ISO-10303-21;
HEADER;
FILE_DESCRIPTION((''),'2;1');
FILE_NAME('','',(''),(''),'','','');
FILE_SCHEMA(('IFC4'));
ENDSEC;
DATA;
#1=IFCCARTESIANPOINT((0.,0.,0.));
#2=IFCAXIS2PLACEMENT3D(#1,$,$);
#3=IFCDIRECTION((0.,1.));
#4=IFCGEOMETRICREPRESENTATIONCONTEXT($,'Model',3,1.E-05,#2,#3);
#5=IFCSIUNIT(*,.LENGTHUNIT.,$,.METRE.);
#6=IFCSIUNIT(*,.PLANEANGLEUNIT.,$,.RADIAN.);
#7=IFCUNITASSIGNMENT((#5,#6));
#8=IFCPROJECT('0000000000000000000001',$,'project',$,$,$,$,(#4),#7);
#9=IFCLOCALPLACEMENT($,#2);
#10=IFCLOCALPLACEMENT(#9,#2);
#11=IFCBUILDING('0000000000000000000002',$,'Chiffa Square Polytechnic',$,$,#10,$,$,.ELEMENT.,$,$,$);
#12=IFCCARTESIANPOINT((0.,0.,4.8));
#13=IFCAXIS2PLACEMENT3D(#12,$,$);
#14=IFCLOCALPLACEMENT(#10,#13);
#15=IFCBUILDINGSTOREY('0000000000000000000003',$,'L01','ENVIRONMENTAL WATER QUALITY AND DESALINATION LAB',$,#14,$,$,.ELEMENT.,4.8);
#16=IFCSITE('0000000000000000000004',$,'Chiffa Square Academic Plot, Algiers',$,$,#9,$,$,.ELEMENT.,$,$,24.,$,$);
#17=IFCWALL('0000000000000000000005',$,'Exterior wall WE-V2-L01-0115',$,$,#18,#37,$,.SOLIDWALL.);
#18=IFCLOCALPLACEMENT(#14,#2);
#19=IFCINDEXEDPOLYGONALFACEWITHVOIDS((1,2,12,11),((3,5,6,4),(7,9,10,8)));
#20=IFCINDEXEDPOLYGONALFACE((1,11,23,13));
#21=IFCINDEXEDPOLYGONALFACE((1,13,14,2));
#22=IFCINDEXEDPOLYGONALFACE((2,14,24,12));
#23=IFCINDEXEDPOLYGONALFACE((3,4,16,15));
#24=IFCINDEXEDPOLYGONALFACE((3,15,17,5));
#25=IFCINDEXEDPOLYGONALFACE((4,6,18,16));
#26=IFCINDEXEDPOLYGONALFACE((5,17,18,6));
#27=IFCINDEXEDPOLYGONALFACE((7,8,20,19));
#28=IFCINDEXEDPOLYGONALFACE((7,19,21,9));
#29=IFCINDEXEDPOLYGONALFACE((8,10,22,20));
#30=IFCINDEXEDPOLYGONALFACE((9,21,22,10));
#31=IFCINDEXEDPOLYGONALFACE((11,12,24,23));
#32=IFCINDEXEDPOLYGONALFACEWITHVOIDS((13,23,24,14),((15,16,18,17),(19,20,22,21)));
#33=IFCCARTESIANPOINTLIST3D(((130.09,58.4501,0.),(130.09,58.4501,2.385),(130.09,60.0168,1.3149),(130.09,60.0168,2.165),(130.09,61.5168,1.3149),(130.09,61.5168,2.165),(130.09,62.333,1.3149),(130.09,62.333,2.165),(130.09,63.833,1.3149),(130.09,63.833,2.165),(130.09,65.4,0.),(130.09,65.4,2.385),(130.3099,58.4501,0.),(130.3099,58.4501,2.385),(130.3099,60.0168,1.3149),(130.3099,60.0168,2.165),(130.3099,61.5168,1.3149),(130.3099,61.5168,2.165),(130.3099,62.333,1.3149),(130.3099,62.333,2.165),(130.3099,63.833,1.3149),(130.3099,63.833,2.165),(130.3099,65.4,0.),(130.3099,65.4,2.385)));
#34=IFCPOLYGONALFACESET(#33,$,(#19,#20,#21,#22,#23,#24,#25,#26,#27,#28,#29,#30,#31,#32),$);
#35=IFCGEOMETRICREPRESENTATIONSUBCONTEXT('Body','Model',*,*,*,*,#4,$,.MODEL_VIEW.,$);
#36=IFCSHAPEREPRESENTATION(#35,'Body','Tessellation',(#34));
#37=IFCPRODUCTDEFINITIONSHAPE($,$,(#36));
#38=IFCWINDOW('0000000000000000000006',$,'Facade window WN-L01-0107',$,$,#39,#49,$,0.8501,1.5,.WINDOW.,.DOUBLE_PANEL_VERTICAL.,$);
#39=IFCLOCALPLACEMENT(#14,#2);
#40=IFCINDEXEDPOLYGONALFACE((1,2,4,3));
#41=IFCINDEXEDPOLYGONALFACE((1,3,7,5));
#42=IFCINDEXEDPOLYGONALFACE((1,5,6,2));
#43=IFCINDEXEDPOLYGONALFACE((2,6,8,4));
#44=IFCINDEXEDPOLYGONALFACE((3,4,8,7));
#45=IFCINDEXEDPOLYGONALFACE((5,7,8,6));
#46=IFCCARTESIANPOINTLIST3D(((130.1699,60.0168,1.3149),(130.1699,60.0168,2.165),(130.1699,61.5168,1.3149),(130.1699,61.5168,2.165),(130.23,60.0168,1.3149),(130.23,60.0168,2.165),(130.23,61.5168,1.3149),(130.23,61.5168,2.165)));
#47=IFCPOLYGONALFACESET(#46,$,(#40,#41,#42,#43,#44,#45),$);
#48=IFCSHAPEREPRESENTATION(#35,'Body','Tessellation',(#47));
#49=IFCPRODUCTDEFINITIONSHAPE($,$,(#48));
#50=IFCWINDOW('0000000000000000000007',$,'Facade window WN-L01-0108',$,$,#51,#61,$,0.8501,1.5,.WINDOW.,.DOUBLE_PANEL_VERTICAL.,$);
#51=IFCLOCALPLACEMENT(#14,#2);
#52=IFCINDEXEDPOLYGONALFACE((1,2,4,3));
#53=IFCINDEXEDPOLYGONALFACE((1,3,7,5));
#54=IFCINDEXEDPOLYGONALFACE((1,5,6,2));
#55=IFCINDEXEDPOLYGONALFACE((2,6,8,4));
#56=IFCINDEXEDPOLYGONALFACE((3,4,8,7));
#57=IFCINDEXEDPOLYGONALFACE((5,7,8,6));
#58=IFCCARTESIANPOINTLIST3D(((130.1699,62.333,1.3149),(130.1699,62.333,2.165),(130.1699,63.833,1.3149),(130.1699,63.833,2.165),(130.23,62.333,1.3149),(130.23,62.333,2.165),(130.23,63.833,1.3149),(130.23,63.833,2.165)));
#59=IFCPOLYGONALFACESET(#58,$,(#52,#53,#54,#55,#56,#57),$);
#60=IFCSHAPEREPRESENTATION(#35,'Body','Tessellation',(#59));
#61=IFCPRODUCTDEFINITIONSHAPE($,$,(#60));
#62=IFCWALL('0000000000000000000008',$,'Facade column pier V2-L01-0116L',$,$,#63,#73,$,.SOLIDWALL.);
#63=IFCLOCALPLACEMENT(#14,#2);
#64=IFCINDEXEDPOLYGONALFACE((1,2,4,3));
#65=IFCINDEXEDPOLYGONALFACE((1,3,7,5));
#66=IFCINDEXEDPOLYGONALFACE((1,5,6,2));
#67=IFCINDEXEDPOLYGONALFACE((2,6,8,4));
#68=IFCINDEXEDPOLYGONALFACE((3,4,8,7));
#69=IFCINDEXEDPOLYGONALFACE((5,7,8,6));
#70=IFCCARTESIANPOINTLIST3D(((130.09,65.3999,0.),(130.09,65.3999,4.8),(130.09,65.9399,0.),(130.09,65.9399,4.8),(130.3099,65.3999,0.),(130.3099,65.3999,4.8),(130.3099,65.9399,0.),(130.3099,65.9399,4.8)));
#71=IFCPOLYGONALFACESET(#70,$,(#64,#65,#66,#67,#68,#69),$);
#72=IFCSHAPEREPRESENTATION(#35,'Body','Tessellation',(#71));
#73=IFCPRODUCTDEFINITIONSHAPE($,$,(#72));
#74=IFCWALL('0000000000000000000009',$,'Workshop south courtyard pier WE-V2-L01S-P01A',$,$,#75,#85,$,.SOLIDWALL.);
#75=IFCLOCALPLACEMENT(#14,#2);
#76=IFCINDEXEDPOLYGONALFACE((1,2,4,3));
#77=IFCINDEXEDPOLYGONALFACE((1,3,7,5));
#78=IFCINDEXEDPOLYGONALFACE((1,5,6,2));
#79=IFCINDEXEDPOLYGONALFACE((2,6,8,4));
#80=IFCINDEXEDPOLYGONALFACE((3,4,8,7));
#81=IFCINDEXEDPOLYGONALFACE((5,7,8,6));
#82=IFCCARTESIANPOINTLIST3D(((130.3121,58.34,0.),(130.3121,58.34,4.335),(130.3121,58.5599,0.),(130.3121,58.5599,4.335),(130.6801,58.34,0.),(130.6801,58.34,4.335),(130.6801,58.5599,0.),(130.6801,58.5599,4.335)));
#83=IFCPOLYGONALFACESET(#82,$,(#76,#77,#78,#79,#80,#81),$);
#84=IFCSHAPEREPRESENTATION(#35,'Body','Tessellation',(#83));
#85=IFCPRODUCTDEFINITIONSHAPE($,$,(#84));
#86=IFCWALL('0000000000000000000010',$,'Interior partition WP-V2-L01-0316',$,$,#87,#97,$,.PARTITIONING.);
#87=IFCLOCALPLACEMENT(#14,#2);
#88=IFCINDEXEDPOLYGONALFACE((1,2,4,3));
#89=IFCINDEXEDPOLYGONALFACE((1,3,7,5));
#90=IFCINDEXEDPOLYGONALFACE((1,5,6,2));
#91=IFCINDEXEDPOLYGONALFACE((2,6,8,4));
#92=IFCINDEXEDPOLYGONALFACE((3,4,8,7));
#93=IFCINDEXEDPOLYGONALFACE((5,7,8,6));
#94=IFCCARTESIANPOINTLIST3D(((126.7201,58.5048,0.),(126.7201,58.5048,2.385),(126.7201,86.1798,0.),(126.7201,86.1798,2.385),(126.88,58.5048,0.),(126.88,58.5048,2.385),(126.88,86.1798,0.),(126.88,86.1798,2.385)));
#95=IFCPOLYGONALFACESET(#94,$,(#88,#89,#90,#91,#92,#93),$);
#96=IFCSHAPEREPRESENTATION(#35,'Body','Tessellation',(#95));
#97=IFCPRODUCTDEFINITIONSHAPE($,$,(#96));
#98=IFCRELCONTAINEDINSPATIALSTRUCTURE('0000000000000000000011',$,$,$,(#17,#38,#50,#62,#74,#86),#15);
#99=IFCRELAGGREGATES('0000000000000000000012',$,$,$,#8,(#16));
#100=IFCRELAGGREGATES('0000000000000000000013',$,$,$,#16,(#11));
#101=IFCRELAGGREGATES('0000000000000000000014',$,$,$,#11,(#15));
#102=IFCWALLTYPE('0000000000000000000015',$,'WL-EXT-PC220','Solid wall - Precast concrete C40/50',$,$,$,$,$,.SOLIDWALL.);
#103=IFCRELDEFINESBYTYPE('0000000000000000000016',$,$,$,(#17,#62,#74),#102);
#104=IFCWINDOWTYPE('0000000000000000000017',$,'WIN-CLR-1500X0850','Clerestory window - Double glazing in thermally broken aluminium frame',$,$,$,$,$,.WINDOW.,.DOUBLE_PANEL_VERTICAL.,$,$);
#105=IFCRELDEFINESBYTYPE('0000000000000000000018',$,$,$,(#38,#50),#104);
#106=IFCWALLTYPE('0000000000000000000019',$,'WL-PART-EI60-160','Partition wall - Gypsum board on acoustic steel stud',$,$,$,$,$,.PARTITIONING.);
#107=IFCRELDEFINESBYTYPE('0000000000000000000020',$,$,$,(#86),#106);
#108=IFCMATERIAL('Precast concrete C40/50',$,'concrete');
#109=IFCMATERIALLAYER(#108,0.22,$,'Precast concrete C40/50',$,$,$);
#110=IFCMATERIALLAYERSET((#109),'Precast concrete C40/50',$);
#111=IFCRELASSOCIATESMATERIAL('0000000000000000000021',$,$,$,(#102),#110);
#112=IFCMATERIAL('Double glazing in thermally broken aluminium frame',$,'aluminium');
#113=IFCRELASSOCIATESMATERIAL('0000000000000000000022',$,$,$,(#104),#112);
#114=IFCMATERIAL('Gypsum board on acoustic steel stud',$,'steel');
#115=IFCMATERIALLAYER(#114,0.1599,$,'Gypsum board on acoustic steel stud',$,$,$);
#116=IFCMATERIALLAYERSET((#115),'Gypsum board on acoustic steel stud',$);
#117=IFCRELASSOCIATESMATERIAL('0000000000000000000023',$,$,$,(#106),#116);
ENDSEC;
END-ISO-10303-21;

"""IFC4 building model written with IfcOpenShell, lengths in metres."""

from ifc_helpers import new_model, si_unit, direction, frame, frame_2d, origin, place, context, subcontext, project, spatial, rectangle, extrude, material, layer, layer_set, type_object, element, fill, save


model = new_model("IFC4")

# Units and contexts
model_context = context("Model", 3, precision=1e-05, world=origin(), true_north=direction((0.0, 1.0)))
body_context = subcontext(model_context, "Body", "Model", "MODEL_VIEW")
ifc_project = project(units=[si_unit("LENGTHUNIT", "METRE"), si_unit("PLANEANGLEUNIT", "RADIAN")], contexts=[model_context])

# Site, building, storey
site_placement = place(None, origin())
site = spatial("IfcSite", under=ifc_project, at=site_placement, Name="Chiffa Square Academic Plot, Algiers", CompositionType="ELEMENT", RefElevation=24.0)
building_placement = place(site_placement, origin())
building = spatial("IfcBuilding", under=site, at=building_placement, Name="Chiffa Square Polytechnic", CompositionType="ELEMENT")
storey_placement = place(building_placement, frame((0.0, 0.0, 4.8)))
storey = spatial("IfcBuildingStorey", under=building, at=storey_placement, Name="L01", Description="ENVIRONMENTAL WATER QUALITY AND DESALINATION LAB", CompositionType="ELEMENT", Elevation=4.8)

# Wall, openings, windows
ifc_material_1 = material(Name="Precast concrete C40/50", Category="concrete")
ifc_layer_1 = layer(ifc_material_1, 0.22, Name="Precast concrete C40/50")
ifc_layer_set_1 = layer_set([ifc_layer_1], Name="Precast concrete C40/50")
wall_type_1 = type_object("IfcWallType", Name="WL-EXT-PC220", Description="Solid wall - Precast concrete C40/50", PredefinedType="SOLIDWALL", material=ifc_layer_set_1)
wall_1_placement = place(storey_placement, frame((130.2, 58.45, 0.0), z_axis=(0.0, 0.0, 1.0), x_axis=(0.0, 1.0, 0.0)))
wall_1 = element("IfcWall", 1, at=wall_1_placement, inside=storey, type_object=wall_type_1, Name="Exterior wall WE-V2-L01-0115", PredefinedType="SOLIDWALL", context=body_context, shape_type="SweptSolid", body=[
    extrude(rectangle(XDim=6.95, YDim=0.22, at=frame_2d((3.4751, 0.0))), origin(), (0.0, 0.0, 1.0), 2.385),
])
opening_1_placement = place(wall_1_placement, frame((1.5669, 0.0, 1.3149)))
opening_1 = element("IfcOpeningElement", 2, at=opening_1_placement, cuts=wall_1, PredefinedType="OPENING", context=body_context, shape_type="SweptSolid", body=[
    extrude(rectangle(XDim=1.5, YDim=0.8501, at=frame_2d((0.75, 0.425))), frame((0.0, 0.1201, 0.0), z_axis=(0.0, -1.0, 0.0), x_axis=(1.0, 0.0, 0.0)), (0.0, 0.0, 1.0), 0.24),
])
opening_2_placement = place(wall_1_placement, frame((3.8831, 0.0, 1.3149)))
opening_2 = element("IfcOpeningElement", 3, at=opening_2_placement, cuts=wall_1, PredefinedType="OPENING", context=body_context, shape_type="SweptSolid", body=[
    extrude(rectangle(XDim=1.5, YDim=0.8501, at=frame_2d((0.75, 0.425))), frame((0.0, 0.1201, 0.0), z_axis=(0.0, -1.0, 0.0), x_axis=(1.0, 0.0, 0.0)), (0.0, 0.0, 1.0), 0.24),
])
ifc_material_2 = material(Name="Double glazing in thermally broken aluminium frame", Category="aluminium")
window_type = type_object("IfcWindowType", Name="WIN-CLR-1500X0850", Description="Clerestory window - Double glazing in thermally broken aluminium frame", PartitioningType="DOUBLE_PANEL_VERTICAL", PredefinedType="WINDOW", material=ifc_material_2)
window_1_placement = place(opening_1_placement, origin())
window_1 = element("IfcWindow", 4, at=window_1_placement, inside=storey, type_object=window_type, Name="Facade window WN-L01-0107", OverallHeight=0.8501, OverallWidth=1.5, PartitioningType="DOUBLE_PANEL_VERTICAL", PredefinedType="WINDOW", context=body_context, shape_type="SweptSolid", body=[
    extrude(rectangle(XDim=1.5, YDim=0.8501, at=frame_2d((0.75, 0.425))), frame((0.0, 0.03, 0.0), z_axis=(0.0, -1.0, 0.0), x_axis=(1.0, 0.0, 0.0)), (0.0, 0.0, 1.0), 0.0601),
])
fill(opening_1, window_1)
window_2_placement = place(opening_2_placement, origin())
window_2 = element("IfcWindow", 5, at=window_2_placement, inside=storey, type_object=window_type, Name="Facade window WN-L01-0108", OverallHeight=0.8501, OverallWidth=1.5, PartitioningType="DOUBLE_PANEL_VERTICAL", PredefinedType="WINDOW", context=body_context, shape_type="SweptSolid", body=[
    extrude(rectangle(XDim=1.5, YDim=0.8501, at=frame_2d((0.75, 0.425))), frame((0.0, 0.03, 0.0), z_axis=(0.0, -1.0, 0.0), x_axis=(1.0, 0.0, 0.0)), (0.0, 0.0, 1.0), 0.0601),
])
fill(opening_2, window_2)

# Walls
wall_2_placement = place(storey_placement, frame((130.2, 65.3999, 0.0), z_axis=(0.0, 0.0, 1.0), x_axis=(0.0, 1.0, 0.0)))
element("IfcWall", 6, at=wall_2_placement, inside=storey, type_object=wall_type_1, Name="Facade column pier V2-L01-0116L", PredefinedType="SOLIDWALL", context=body_context, shape_type="SweptSolid", body=[
    extrude(rectangle(XDim=0.54, YDim=0.22, at=frame_2d((0.27, 0.0))), origin(), (0.0, 0.0, 1.0), 4.8),
])
wall_3_placement = place(storey_placement, frame((130.312, 58.45, 0.0), z_axis=(0.0, 0.0, 1.0), x_axis=(1.0, 0.0, 0.0)))
element("IfcWall", 7, at=wall_3_placement, inside=storey, type_object=wall_type_1, Name="Workshop south courtyard pier WE-V2-L01S-P01A", PredefinedType="SOLIDWALL", context=body_context, shape_type="SweptSolid", body=[
    extrude(rectangle(XDim=0.3679, YDim=0.22, at=frame_2d((0.1841, 0.0))), origin(), (0.0, 0.0, 1.0), 4.335),
])
ifc_material_3 = material(Name="Gypsum board on acoustic steel stud", Category="steel")
ifc_layer_2 = layer(ifc_material_3, 0.1599, Name="Gypsum board on acoustic steel stud")
ifc_layer_set_2 = layer_set([ifc_layer_2], Name="Gypsum board on acoustic steel stud")
wall_type_2 = type_object("IfcWallType", Name="WL-PART-EI60-160", Description="Partition wall - Gypsum board on acoustic steel stud", PredefinedType="PARTITIONING", material=ifc_layer_set_2)
wall_4_placement = place(storey_placement, frame((126.8, 58.5049, 0.0), z_axis=(0.0, 0.0, 1.0), x_axis=(0.0, 1.0, 0.0)))
element("IfcWall", 8, at=wall_4_placement, inside=storey, type_object=wall_type_2, Name="Interior partition WP-V2-L01-0316", PredefinedType="PARTITIONING", context=body_context, shape_type="SweptSolid", body=[
    extrude(rectangle(XDim=27.675, YDim=0.1599, at=frame_2d((13.8374, 0.0))), origin(), (0.0, 0.0, 1.0), 2.385),
])

save(model, "model.ifc")
